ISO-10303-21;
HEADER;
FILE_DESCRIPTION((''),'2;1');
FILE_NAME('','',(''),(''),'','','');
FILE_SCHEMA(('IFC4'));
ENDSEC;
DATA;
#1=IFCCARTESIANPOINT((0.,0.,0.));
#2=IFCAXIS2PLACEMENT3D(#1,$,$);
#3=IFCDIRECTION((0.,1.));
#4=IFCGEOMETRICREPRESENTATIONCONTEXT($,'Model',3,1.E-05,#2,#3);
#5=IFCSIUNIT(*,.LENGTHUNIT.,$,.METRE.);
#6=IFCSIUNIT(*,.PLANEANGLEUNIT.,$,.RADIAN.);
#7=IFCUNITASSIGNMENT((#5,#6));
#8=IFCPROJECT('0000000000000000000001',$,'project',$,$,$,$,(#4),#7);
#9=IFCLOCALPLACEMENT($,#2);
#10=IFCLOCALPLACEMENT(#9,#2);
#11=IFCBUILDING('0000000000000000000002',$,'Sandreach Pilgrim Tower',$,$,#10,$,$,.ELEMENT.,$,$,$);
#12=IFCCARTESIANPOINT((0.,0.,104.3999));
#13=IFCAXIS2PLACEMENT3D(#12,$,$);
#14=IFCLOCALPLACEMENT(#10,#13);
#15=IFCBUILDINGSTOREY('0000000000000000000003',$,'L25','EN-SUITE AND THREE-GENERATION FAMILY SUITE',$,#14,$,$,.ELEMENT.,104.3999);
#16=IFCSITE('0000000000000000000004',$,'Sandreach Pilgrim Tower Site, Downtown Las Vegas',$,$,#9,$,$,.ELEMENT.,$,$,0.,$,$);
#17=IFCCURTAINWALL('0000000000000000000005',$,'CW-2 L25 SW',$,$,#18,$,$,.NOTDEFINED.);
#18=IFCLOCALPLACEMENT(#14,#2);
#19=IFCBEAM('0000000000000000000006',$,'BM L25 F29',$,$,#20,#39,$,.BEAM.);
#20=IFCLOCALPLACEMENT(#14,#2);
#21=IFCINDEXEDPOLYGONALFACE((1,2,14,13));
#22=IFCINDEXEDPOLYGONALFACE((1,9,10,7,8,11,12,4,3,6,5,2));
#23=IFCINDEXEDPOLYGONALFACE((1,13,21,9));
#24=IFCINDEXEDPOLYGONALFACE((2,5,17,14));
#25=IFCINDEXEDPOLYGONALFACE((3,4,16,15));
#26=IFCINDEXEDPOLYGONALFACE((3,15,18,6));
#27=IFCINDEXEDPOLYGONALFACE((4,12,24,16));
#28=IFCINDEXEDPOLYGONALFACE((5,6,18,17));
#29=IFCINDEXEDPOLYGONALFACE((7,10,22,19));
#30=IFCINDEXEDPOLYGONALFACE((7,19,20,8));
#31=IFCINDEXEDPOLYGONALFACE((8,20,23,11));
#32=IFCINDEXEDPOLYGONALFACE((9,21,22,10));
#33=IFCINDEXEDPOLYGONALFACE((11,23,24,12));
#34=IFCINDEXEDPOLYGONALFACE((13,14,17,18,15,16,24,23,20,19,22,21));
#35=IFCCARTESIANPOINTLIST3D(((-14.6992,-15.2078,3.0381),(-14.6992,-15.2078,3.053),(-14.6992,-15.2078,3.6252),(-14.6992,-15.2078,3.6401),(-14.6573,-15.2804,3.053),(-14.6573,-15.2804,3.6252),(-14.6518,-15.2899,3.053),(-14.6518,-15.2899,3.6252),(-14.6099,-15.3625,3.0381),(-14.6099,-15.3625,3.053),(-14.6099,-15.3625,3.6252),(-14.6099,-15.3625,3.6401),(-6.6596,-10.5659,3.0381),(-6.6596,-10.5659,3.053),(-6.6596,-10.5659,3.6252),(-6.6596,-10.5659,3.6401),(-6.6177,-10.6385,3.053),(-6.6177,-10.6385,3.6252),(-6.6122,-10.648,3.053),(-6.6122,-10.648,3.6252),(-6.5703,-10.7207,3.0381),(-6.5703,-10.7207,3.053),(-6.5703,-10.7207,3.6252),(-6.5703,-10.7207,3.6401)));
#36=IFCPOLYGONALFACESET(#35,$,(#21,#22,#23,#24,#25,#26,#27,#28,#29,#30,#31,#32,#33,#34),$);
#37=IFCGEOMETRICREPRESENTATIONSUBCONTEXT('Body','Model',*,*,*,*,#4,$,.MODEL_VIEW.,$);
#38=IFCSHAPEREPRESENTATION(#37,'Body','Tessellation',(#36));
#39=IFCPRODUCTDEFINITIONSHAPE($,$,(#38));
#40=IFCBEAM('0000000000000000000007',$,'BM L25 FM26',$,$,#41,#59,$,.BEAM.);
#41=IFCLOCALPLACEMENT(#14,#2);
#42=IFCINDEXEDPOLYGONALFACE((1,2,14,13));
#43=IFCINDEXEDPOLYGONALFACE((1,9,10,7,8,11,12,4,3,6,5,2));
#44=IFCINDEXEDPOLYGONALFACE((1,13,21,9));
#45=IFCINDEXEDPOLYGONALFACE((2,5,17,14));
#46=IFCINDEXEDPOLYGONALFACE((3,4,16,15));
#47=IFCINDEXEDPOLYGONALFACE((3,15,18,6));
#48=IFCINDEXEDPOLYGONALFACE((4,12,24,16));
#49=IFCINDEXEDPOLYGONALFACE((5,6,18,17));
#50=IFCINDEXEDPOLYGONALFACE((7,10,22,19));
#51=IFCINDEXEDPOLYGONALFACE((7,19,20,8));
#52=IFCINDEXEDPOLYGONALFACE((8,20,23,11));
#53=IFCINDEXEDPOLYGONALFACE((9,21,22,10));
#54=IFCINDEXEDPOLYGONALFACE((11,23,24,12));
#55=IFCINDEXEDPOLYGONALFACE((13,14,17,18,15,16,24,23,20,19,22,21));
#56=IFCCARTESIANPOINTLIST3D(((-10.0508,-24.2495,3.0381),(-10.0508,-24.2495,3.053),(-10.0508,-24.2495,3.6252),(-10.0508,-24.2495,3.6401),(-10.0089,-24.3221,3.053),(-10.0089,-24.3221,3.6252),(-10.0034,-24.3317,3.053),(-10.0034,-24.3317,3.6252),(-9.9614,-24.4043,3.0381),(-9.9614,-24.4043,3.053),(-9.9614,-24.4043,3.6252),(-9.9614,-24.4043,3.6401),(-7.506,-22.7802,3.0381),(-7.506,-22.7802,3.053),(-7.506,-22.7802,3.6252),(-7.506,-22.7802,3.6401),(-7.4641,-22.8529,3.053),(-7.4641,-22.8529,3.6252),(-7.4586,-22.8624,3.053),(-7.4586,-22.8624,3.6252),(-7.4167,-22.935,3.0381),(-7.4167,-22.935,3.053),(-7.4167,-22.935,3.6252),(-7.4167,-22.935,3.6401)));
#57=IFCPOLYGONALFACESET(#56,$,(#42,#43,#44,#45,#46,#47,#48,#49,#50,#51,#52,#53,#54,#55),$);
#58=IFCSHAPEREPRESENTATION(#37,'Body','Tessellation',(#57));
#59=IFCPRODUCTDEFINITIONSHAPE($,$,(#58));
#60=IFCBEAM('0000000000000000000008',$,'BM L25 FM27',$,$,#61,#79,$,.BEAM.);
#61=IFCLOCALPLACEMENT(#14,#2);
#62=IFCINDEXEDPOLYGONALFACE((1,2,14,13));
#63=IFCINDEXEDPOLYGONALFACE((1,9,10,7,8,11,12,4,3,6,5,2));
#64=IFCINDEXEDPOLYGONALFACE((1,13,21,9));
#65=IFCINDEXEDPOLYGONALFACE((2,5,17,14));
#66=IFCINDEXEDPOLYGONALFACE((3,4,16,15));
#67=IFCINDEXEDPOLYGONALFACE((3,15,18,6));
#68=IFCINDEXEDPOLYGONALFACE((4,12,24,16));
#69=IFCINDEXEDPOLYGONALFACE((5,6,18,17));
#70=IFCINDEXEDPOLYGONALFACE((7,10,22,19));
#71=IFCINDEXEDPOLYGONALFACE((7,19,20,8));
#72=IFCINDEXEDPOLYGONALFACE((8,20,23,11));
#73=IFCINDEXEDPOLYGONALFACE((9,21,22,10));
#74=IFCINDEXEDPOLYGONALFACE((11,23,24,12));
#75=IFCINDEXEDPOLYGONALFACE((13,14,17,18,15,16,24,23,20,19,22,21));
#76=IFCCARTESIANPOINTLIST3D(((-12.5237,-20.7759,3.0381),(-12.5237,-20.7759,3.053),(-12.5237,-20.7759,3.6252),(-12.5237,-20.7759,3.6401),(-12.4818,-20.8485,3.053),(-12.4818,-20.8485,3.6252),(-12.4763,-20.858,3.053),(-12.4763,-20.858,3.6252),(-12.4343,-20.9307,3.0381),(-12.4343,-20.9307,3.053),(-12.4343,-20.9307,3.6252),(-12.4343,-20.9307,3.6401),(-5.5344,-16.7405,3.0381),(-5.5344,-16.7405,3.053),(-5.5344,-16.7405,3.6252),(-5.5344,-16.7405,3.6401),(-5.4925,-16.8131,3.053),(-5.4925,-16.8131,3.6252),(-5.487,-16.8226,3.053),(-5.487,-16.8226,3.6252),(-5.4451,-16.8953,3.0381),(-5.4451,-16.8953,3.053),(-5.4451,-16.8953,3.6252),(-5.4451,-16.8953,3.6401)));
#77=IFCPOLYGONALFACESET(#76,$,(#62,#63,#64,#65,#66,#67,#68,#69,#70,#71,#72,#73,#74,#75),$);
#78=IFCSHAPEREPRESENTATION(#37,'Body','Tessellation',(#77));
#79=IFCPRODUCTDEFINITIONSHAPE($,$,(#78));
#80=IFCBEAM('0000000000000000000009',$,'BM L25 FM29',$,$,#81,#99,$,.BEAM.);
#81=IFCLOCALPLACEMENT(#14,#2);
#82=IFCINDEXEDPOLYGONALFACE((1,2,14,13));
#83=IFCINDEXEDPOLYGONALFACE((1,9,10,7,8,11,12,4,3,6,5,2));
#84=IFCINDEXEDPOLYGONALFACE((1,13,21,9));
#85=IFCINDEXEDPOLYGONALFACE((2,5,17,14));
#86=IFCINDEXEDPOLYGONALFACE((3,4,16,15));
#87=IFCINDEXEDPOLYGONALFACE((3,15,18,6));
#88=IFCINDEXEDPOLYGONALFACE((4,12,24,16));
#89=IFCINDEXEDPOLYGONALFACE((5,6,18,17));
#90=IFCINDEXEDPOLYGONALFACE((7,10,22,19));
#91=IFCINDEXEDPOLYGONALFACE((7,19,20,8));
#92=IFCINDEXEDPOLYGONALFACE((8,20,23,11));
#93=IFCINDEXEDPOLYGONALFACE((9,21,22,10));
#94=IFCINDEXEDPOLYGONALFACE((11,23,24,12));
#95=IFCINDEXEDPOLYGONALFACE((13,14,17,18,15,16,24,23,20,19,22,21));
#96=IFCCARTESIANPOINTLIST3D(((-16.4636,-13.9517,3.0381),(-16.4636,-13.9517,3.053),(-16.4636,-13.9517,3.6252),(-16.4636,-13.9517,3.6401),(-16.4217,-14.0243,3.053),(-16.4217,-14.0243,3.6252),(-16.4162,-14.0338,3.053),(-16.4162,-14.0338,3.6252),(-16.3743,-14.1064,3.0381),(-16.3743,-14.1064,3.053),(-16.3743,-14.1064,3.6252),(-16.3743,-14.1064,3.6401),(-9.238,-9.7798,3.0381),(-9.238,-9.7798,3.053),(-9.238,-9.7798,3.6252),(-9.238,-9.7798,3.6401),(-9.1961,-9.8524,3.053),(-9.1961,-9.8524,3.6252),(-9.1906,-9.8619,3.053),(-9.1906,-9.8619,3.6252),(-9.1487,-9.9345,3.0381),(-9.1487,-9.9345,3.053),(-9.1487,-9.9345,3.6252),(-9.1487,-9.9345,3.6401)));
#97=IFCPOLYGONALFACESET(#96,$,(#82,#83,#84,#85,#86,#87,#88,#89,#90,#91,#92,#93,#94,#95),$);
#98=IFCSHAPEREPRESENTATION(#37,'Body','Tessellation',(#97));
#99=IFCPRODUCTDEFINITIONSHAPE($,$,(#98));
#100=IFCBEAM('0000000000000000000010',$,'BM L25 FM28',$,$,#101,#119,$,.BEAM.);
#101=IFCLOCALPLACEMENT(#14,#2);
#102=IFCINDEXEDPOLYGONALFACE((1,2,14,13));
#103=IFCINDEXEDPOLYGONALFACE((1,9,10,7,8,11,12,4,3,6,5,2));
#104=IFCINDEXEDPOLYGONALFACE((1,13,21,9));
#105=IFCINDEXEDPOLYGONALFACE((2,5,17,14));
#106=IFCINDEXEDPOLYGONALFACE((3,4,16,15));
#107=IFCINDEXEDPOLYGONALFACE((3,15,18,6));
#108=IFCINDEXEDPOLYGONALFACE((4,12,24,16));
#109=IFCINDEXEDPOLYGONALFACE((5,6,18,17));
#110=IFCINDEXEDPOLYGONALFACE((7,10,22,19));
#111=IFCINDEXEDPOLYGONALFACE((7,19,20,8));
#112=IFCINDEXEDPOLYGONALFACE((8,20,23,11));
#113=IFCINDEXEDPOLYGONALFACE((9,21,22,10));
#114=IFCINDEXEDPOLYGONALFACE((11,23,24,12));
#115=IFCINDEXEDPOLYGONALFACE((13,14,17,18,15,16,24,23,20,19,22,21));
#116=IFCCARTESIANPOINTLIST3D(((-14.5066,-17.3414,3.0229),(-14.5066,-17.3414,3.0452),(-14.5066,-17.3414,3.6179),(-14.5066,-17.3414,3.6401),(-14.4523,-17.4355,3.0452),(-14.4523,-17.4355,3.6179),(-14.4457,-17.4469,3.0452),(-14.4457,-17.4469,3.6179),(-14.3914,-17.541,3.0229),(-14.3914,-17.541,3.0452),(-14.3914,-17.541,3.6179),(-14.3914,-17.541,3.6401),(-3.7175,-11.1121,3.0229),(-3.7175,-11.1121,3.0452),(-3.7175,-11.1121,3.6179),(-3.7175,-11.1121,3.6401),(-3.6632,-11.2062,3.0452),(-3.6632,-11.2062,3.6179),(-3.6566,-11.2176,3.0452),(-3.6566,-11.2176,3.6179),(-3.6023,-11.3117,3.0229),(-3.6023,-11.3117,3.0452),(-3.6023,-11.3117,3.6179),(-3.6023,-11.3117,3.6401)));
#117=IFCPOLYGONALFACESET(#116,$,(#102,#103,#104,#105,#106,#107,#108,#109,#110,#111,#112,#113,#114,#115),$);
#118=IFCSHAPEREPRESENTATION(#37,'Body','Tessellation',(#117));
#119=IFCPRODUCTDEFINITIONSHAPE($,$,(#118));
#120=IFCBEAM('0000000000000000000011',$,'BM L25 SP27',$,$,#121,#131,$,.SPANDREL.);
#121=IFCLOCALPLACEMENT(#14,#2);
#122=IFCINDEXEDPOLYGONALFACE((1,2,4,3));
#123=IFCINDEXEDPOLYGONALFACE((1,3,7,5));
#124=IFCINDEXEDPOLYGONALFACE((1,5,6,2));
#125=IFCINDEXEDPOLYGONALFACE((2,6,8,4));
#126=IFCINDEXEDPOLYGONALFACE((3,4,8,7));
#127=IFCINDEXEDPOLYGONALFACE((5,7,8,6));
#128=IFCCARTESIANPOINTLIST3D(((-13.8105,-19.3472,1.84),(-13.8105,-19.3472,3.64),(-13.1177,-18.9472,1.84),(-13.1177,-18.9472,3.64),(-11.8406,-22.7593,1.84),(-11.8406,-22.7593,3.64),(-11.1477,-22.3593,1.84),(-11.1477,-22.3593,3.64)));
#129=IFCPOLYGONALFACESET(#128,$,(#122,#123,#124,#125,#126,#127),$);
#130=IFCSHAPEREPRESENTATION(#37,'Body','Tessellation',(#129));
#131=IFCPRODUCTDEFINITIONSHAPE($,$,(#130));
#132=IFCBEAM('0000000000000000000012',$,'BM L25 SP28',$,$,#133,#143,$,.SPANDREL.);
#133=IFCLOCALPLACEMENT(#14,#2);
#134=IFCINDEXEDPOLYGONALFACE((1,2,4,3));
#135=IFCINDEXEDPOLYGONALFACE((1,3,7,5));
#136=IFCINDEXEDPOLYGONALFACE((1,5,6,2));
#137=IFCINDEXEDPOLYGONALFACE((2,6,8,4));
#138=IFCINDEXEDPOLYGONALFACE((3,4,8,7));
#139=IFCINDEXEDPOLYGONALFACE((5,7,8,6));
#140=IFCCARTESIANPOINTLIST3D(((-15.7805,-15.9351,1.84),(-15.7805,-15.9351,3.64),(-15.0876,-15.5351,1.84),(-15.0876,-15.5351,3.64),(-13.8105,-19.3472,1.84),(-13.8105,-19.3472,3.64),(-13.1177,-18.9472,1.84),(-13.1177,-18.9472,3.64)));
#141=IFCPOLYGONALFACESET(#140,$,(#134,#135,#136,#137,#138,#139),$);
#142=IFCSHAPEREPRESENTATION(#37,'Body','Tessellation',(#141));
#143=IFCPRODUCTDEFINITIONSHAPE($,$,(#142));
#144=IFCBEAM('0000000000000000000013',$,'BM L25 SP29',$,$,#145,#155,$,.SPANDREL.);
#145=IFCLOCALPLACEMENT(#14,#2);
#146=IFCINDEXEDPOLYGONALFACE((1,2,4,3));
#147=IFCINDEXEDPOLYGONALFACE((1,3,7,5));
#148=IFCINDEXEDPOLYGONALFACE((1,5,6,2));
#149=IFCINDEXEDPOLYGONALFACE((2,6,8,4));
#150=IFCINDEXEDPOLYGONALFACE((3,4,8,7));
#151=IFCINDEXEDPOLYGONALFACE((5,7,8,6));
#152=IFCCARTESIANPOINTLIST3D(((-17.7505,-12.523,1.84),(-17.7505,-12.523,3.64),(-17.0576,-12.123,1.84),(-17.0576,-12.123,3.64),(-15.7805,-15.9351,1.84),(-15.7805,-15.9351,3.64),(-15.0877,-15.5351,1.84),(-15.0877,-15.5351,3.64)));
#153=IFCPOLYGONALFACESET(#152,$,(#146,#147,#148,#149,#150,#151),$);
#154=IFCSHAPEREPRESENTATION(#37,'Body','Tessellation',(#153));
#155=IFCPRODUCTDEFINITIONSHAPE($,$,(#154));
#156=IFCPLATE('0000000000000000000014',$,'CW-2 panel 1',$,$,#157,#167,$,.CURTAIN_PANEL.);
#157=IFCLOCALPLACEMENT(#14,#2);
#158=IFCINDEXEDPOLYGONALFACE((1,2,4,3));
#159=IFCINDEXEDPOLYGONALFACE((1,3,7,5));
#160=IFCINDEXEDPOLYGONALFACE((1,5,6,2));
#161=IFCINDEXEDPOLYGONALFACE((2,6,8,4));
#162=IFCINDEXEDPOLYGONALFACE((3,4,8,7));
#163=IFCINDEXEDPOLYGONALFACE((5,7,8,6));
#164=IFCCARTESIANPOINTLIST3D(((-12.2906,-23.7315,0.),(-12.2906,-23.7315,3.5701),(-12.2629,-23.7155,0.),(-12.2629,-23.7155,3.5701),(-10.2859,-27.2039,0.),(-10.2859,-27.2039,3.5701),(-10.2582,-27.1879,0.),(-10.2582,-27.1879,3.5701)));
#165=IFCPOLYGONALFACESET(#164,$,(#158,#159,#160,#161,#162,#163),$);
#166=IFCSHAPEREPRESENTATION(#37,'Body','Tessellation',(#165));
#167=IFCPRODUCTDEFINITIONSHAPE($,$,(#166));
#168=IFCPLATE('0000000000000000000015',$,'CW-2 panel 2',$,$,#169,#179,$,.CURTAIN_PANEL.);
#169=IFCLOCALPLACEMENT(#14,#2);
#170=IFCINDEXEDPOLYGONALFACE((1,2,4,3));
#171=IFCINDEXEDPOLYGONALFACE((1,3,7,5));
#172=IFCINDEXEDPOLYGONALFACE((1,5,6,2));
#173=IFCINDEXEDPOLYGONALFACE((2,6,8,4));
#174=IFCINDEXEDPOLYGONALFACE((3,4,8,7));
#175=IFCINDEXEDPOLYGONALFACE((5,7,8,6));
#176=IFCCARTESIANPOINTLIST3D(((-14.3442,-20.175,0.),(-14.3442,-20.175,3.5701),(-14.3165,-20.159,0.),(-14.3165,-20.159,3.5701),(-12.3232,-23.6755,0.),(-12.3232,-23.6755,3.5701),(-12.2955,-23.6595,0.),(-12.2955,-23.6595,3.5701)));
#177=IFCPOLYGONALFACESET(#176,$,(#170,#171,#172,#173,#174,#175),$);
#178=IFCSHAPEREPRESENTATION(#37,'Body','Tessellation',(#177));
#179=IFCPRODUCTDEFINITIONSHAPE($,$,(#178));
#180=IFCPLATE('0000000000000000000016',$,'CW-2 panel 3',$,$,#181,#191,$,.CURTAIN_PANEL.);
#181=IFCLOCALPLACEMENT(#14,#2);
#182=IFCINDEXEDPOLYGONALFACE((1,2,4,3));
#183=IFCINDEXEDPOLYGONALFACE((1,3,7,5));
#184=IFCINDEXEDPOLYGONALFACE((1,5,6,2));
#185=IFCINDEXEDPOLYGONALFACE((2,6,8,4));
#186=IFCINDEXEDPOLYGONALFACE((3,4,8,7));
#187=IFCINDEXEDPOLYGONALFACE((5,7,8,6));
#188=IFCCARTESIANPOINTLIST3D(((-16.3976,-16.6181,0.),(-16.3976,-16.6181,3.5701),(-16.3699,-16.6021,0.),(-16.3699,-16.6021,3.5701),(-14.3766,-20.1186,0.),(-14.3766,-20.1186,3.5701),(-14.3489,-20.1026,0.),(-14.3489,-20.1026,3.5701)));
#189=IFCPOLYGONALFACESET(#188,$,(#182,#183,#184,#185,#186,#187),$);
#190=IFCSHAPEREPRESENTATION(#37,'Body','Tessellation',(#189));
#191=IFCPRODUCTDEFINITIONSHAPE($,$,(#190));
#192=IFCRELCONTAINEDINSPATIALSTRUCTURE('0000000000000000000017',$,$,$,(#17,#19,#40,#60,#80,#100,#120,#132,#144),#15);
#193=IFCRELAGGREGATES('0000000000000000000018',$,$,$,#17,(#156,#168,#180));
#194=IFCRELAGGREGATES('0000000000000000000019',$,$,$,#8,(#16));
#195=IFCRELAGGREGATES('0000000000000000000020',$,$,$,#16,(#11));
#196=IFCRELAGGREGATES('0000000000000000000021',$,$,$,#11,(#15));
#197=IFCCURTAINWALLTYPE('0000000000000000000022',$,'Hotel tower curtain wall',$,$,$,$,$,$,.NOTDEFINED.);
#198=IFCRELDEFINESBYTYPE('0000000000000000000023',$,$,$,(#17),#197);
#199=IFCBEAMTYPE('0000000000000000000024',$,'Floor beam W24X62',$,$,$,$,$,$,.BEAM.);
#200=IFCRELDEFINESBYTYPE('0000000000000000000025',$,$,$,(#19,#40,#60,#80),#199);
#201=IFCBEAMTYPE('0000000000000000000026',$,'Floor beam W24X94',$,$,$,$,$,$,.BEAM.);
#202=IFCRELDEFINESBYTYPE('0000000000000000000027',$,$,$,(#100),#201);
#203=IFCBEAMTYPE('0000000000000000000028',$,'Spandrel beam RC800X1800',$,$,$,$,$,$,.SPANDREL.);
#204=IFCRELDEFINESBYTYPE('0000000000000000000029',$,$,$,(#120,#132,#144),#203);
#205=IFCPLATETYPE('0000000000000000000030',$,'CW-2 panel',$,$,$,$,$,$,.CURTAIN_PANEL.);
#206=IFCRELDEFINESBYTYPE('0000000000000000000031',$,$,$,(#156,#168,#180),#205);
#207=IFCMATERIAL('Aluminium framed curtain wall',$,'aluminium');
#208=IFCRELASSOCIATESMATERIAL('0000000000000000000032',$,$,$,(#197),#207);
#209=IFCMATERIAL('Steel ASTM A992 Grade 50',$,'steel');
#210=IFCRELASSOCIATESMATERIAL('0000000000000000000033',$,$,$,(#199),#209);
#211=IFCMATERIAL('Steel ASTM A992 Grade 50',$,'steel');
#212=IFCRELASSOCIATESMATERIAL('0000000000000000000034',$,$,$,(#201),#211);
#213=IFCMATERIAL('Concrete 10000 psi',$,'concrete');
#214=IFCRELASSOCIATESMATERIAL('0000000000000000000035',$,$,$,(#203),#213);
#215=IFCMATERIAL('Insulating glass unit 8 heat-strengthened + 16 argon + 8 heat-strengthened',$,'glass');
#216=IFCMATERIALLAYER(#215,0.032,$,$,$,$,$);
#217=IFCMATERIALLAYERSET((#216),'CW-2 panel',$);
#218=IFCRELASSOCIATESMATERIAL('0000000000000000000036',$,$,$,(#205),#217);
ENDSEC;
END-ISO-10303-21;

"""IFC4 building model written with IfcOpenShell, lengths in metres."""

from ifc_helpers import new_model, si_unit, direction, frame, origin, origin_2d, place, context, subcontext, project, spatial, rectangle, i_section, extrude, material, layer, layer_set, material_profile, profile_set, type_object, element, aggregate, save


model = new_model("IFC4")

# Units and contexts
model_context = context("Model", 3, precision=1e-05, world=origin(), true_north=direction((0.0, 1.0)))
body_context = subcontext(model_context, "Body", "Model", "MODEL_VIEW")
ifc_project = project(units=[si_unit("LENGTHUNIT", "METRE"), si_unit("PLANEANGLEUNIT", "RADIAN")], contexts=[model_context])

# Site, building, storey
site_placement = place(None, origin())
site = spatial("IfcSite", under=ifc_project, at=site_placement, Name="Sandreach Pilgrim Tower Site, Downtown Las Vegas", CompositionType="ELEMENT", RefElevation=0.0)
building_placement = place(site_placement, origin())
building = spatial("IfcBuilding", under=site, at=building_placement, Name="Sandreach Pilgrim Tower", CompositionType="ELEMENT")
storey_placement = place(building_placement, frame((0.0, 0.0, 104.3999)))
storey = spatial("IfcBuildingStorey", under=building, at=storey_placement, Name="L25", Description="EN-SUITE AND THREE-GENERATION FAMILY SUITE", CompositionType="ELEMENT", Elevation=104.3999)

# Curtain wall
ifc_material_1 = material(Name="Aluminium framed curtain wall", Category="aluminium")
curtain_wall_type = type_object("IfcCurtainWallType", Name="Hotel tower curtain wall", PredefinedType="NOTDEFINED", material=ifc_material_1)
curtain_wall_placement = place(storey_placement, origin())
curtain_wall = element("IfcCurtainWall", 1, at=curtain_wall_placement, inside=storey, type_object=curtain_wall_type, Name="CW-2 L25 SW", PredefinedType="NOTDEFINED")

# Beams
ifc_material_2 = material(Name="Steel ASTM A992 Grade 50", Category="steel")
ifc_material_profile_1 = material_profile(ifc_material_2, i_section(OverallWidth=0.1787, OverallDepth=0.6021, WebThickness=0.011, FlangeThickness=0.0149, at=origin_2d()), Name="W24X62")
ifc_profile_set_1 = profile_set([ifc_material_profile_1], Name="Steel ASTM A992 Grade 50")
beam_type_1 = type_object("IfcBeamType", Name="Floor beam W24X62", PredefinedType="BEAM", material=ifc_profile_set_1)
beam_1_placement = place(storey_placement, frame((-14.6545, -15.2852, 3.3391), z_axis=(0.866016, 0.500017, 0.0), x_axis=(-0.500017, 0.866016, 0.0)))
element("IfcBeam", 2, at=beam_1_placement, inside=storey, type_object=beam_type_1, Name="BM L25 F29", PredefinedType="BEAM", context=body_context, shape_type="SweptSolid", body=[
    extrude(i_section(OverallWidth=0.1787, OverallDepth=0.6021, WebThickness=0.011, FlangeThickness=0.0149, at=origin_2d()), origin(), (0.0, 0.0, 1.0), 9.2834),
])
beam_2_placement = place(storey_placement, frame((-10.0061, -24.3269, 3.3391), z_axis=(0.866015, 0.500017, 0.0), x_axis=(-0.500017, 0.866015, 0.0)))
element("IfcBeam", 3, at=beam_2_placement, inside=storey, type_object=beam_type_1, Name="BM L25 FM26", PredefinedType="BEAM", context=body_context, shape_type="SweptSolid", body=[
    extrude(i_section(OverallWidth=0.1787, OverallDepth=0.6021, WebThickness=0.011, FlangeThickness=0.0149, at=origin_2d()), origin(), (0.0, 0.0, 1.0), 2.9385),
])
beam_3_placement = place(storey_placement, frame((-12.479, -20.8533, 3.3391), z_axis=(0.866017, 0.500014, 0.0), x_axis=(-0.500014, 0.866017, 0.0)))
element("IfcBeam", 4, at=beam_3_placement, inside=storey, type_object=beam_type_1, Name="BM L25 FM27", PredefinedType="BEAM", context=body_context, shape_type="SweptSolid", body=[
    extrude(i_section(OverallWidth=0.1787, OverallDepth=0.6021, WebThickness=0.011, FlangeThickness=0.0149, at=origin_2d()), origin(), (0.0, 0.0, 1.0), 8.0706),
])
beam_4_placement = place(storey_placement, frame((-16.4189, -14.0291, 3.3391), z_axis=(0.866016, 0.500016, 0.0), x_axis=(-0.500016, 0.866016, 0.0)))
element("IfcBeam", 5, at=beam_4_placement, inside=storey, type_object=beam_type_1, Name="BM L25 FM29", PredefinedType="BEAM", context=body_context, shape_type="SweptSolid", body=[
    extrude(i_section(OverallWidth=0.1787, OverallDepth=0.6021, WebThickness=0.011, FlangeThickness=0.0149, at=origin_2d()), origin(), (0.0, 0.0, 1.0), 8.3435),
])
ifc_material_3 = material(Name="Steel ASTM A992 Grade 50", Category="steel")
ifc_material_profile_2 = material_profile(ifc_material_3, i_section(OverallWidth=0.2305, OverallDepth=0.6172, WebThickness=0.0132, FlangeThickness=0.0222, at=origin_2d()), Name="W24X94")
ifc_profile_set_2 = profile_set([ifc_material_profile_2], Name="Steel ASTM A992 Grade 50")
beam_type_2 = type_object("IfcBeamType", Name="Floor beam W24X94", PredefinedType="BEAM", material=ifc_profile_set_2)
beam_5_placement = place(storey_placement, frame((-14.449, -17.4412, 3.3315), z_axis=(0.866019, 0.500011, 0.0), x_axis=(-0.500011, 0.866019, 0.0)))
element("IfcBeam", 6, at=beam_5_placement, inside=storey, type_object=beam_type_2, Name="BM L25 FM28", PredefinedType="BEAM", context=body_context, shape_type="SweptSolid", body=[
    extrude(i_section(OverallWidth=0.2305, OverallDepth=0.6172, WebThickness=0.0132, FlangeThickness=0.0222, at=origin_2d()), origin(), (0.0, 0.0, 1.0), 12.4583),
])
ifc_material_4 = material(Name="Concrete 10000 psi", Category="concrete")
ifc_material_profile_3 = material_profile(ifc_material_4, rectangle(XDim=0.8, YDim=1.8, at=origin_2d()), Name="RC800X1800")
ifc_profile_set_3 = profile_set([ifc_material_profile_3], Name="Concrete 10000 psi")
beam_type_3 = type_object("IfcBeamType", Name="Spandrel beam RC800X1800", PredefinedType="SPANDREL", material=ifc_profile_set_3)
for number, where, z_axis, x_axis, name in (
    (7, (-11.4941, -22.5593, 2.74), (-0.499998, 0.866027, 0.0), (-0.866027, -0.499998, 0.0), "BM L25 SP27"),
    (8, (-13.4641, -19.1472, 2.74), (-0.499998, 0.866027, 0.0), (-0.866027, -0.499998, 0.0), "BM L25 SP28"),
    (9, (-15.4341, -15.7351, 2.74), (-0.499998, 0.866027, 0.0), (-0.866027, -0.499998, 0.0), "BM L25 SP29"),
):
    element("IfcBeam", number, at=place(storey_placement, frame(where, z_axis=z_axis, x_axis=x_axis)), inside=storey, type_object=beam_type_3, Name=name, PredefinedType="SPANDREL", context=body_context, shape_type="SweptSolid", body=[
        extrude(rectangle(XDim=0.8, YDim=1.8, at=origin_2d()), origin(), (0.0, 0.0, 1.0), 3.9399),
    ])

# Plates
ifc_material_5 = material(Name="Insulating glass unit 8 heat-strengthened + 16 argon + 8 heat-strengthened", Category="glass")
ifc_layer_1 = layer(ifc_material_5, 0.032)
ifc_layer_set_1 = layer_set([ifc_layer_1], Name="CW-2 panel")
plate_type = type_object("IfcPlateType", Name="CW-2 panel", PredefinedType="CURTAIN_PANEL", material=ifc_layer_set_1)
plate_1_placement = place(storey_placement, frame((-11.2744, -25.4597, 0.0), z_axis=(0.0, 0.0, 1.0), x_axis=(-0.5, 0.866025, 0.0)))
plate_1 = element("IfcPlate", 10, at=plate_1_placement, type_object=plate_type, Name="CW-2 panel 1", PredefinedType="CURTAIN_PANEL", context=body_context, shape_type="SweptSolid", body=[
    extrude(rectangle(XDim=4.0095, YDim=0.032, at=origin_2d()), origin(), (0.0, 0.0, 1.0), 3.5701),
])
plate_2_placement = place(storey_placement, frame((-13.3198, -21.9172, 0.0), z_axis=(0.0, 0.0, 1.0), x_axis=(-0.5, 0.866025, 0.0)))
plate_2 = element("IfcPlate", 11, at=plate_2_placement, type_object=plate_type, Name="CW-2 panel 2", PredefinedType="CURTAIN_PANEL", context=body_context, shape_type="SweptSolid", body=[
    extrude(rectangle(XDim=4.042, YDim=0.032, at=origin_2d()), origin(), (0.0, 0.0, 1.0), 3.5701),
])
plate_3_placement = place(storey_placement, frame((-15.3733, -18.3604, 0.0), z_axis=(0.0, 0.0, 1.0), x_axis=(-0.5, 0.866025, 0.0)))
plate_3 = element("IfcPlate", 12, at=plate_3_placement, type_object=plate_type, Name="CW-2 panel 3", PredefinedType="CURTAIN_PANEL", context=body_context, shape_type="SweptSolid", body=[
    extrude(rectangle(XDim=4.042, YDim=0.032, at=origin_2d()), origin(), (0.0, 0.0, 1.0), 3.5701),
])
aggregate(curtain_wall, [plate_1, plate_2, plate_3])

save(model, "model.ifc")
